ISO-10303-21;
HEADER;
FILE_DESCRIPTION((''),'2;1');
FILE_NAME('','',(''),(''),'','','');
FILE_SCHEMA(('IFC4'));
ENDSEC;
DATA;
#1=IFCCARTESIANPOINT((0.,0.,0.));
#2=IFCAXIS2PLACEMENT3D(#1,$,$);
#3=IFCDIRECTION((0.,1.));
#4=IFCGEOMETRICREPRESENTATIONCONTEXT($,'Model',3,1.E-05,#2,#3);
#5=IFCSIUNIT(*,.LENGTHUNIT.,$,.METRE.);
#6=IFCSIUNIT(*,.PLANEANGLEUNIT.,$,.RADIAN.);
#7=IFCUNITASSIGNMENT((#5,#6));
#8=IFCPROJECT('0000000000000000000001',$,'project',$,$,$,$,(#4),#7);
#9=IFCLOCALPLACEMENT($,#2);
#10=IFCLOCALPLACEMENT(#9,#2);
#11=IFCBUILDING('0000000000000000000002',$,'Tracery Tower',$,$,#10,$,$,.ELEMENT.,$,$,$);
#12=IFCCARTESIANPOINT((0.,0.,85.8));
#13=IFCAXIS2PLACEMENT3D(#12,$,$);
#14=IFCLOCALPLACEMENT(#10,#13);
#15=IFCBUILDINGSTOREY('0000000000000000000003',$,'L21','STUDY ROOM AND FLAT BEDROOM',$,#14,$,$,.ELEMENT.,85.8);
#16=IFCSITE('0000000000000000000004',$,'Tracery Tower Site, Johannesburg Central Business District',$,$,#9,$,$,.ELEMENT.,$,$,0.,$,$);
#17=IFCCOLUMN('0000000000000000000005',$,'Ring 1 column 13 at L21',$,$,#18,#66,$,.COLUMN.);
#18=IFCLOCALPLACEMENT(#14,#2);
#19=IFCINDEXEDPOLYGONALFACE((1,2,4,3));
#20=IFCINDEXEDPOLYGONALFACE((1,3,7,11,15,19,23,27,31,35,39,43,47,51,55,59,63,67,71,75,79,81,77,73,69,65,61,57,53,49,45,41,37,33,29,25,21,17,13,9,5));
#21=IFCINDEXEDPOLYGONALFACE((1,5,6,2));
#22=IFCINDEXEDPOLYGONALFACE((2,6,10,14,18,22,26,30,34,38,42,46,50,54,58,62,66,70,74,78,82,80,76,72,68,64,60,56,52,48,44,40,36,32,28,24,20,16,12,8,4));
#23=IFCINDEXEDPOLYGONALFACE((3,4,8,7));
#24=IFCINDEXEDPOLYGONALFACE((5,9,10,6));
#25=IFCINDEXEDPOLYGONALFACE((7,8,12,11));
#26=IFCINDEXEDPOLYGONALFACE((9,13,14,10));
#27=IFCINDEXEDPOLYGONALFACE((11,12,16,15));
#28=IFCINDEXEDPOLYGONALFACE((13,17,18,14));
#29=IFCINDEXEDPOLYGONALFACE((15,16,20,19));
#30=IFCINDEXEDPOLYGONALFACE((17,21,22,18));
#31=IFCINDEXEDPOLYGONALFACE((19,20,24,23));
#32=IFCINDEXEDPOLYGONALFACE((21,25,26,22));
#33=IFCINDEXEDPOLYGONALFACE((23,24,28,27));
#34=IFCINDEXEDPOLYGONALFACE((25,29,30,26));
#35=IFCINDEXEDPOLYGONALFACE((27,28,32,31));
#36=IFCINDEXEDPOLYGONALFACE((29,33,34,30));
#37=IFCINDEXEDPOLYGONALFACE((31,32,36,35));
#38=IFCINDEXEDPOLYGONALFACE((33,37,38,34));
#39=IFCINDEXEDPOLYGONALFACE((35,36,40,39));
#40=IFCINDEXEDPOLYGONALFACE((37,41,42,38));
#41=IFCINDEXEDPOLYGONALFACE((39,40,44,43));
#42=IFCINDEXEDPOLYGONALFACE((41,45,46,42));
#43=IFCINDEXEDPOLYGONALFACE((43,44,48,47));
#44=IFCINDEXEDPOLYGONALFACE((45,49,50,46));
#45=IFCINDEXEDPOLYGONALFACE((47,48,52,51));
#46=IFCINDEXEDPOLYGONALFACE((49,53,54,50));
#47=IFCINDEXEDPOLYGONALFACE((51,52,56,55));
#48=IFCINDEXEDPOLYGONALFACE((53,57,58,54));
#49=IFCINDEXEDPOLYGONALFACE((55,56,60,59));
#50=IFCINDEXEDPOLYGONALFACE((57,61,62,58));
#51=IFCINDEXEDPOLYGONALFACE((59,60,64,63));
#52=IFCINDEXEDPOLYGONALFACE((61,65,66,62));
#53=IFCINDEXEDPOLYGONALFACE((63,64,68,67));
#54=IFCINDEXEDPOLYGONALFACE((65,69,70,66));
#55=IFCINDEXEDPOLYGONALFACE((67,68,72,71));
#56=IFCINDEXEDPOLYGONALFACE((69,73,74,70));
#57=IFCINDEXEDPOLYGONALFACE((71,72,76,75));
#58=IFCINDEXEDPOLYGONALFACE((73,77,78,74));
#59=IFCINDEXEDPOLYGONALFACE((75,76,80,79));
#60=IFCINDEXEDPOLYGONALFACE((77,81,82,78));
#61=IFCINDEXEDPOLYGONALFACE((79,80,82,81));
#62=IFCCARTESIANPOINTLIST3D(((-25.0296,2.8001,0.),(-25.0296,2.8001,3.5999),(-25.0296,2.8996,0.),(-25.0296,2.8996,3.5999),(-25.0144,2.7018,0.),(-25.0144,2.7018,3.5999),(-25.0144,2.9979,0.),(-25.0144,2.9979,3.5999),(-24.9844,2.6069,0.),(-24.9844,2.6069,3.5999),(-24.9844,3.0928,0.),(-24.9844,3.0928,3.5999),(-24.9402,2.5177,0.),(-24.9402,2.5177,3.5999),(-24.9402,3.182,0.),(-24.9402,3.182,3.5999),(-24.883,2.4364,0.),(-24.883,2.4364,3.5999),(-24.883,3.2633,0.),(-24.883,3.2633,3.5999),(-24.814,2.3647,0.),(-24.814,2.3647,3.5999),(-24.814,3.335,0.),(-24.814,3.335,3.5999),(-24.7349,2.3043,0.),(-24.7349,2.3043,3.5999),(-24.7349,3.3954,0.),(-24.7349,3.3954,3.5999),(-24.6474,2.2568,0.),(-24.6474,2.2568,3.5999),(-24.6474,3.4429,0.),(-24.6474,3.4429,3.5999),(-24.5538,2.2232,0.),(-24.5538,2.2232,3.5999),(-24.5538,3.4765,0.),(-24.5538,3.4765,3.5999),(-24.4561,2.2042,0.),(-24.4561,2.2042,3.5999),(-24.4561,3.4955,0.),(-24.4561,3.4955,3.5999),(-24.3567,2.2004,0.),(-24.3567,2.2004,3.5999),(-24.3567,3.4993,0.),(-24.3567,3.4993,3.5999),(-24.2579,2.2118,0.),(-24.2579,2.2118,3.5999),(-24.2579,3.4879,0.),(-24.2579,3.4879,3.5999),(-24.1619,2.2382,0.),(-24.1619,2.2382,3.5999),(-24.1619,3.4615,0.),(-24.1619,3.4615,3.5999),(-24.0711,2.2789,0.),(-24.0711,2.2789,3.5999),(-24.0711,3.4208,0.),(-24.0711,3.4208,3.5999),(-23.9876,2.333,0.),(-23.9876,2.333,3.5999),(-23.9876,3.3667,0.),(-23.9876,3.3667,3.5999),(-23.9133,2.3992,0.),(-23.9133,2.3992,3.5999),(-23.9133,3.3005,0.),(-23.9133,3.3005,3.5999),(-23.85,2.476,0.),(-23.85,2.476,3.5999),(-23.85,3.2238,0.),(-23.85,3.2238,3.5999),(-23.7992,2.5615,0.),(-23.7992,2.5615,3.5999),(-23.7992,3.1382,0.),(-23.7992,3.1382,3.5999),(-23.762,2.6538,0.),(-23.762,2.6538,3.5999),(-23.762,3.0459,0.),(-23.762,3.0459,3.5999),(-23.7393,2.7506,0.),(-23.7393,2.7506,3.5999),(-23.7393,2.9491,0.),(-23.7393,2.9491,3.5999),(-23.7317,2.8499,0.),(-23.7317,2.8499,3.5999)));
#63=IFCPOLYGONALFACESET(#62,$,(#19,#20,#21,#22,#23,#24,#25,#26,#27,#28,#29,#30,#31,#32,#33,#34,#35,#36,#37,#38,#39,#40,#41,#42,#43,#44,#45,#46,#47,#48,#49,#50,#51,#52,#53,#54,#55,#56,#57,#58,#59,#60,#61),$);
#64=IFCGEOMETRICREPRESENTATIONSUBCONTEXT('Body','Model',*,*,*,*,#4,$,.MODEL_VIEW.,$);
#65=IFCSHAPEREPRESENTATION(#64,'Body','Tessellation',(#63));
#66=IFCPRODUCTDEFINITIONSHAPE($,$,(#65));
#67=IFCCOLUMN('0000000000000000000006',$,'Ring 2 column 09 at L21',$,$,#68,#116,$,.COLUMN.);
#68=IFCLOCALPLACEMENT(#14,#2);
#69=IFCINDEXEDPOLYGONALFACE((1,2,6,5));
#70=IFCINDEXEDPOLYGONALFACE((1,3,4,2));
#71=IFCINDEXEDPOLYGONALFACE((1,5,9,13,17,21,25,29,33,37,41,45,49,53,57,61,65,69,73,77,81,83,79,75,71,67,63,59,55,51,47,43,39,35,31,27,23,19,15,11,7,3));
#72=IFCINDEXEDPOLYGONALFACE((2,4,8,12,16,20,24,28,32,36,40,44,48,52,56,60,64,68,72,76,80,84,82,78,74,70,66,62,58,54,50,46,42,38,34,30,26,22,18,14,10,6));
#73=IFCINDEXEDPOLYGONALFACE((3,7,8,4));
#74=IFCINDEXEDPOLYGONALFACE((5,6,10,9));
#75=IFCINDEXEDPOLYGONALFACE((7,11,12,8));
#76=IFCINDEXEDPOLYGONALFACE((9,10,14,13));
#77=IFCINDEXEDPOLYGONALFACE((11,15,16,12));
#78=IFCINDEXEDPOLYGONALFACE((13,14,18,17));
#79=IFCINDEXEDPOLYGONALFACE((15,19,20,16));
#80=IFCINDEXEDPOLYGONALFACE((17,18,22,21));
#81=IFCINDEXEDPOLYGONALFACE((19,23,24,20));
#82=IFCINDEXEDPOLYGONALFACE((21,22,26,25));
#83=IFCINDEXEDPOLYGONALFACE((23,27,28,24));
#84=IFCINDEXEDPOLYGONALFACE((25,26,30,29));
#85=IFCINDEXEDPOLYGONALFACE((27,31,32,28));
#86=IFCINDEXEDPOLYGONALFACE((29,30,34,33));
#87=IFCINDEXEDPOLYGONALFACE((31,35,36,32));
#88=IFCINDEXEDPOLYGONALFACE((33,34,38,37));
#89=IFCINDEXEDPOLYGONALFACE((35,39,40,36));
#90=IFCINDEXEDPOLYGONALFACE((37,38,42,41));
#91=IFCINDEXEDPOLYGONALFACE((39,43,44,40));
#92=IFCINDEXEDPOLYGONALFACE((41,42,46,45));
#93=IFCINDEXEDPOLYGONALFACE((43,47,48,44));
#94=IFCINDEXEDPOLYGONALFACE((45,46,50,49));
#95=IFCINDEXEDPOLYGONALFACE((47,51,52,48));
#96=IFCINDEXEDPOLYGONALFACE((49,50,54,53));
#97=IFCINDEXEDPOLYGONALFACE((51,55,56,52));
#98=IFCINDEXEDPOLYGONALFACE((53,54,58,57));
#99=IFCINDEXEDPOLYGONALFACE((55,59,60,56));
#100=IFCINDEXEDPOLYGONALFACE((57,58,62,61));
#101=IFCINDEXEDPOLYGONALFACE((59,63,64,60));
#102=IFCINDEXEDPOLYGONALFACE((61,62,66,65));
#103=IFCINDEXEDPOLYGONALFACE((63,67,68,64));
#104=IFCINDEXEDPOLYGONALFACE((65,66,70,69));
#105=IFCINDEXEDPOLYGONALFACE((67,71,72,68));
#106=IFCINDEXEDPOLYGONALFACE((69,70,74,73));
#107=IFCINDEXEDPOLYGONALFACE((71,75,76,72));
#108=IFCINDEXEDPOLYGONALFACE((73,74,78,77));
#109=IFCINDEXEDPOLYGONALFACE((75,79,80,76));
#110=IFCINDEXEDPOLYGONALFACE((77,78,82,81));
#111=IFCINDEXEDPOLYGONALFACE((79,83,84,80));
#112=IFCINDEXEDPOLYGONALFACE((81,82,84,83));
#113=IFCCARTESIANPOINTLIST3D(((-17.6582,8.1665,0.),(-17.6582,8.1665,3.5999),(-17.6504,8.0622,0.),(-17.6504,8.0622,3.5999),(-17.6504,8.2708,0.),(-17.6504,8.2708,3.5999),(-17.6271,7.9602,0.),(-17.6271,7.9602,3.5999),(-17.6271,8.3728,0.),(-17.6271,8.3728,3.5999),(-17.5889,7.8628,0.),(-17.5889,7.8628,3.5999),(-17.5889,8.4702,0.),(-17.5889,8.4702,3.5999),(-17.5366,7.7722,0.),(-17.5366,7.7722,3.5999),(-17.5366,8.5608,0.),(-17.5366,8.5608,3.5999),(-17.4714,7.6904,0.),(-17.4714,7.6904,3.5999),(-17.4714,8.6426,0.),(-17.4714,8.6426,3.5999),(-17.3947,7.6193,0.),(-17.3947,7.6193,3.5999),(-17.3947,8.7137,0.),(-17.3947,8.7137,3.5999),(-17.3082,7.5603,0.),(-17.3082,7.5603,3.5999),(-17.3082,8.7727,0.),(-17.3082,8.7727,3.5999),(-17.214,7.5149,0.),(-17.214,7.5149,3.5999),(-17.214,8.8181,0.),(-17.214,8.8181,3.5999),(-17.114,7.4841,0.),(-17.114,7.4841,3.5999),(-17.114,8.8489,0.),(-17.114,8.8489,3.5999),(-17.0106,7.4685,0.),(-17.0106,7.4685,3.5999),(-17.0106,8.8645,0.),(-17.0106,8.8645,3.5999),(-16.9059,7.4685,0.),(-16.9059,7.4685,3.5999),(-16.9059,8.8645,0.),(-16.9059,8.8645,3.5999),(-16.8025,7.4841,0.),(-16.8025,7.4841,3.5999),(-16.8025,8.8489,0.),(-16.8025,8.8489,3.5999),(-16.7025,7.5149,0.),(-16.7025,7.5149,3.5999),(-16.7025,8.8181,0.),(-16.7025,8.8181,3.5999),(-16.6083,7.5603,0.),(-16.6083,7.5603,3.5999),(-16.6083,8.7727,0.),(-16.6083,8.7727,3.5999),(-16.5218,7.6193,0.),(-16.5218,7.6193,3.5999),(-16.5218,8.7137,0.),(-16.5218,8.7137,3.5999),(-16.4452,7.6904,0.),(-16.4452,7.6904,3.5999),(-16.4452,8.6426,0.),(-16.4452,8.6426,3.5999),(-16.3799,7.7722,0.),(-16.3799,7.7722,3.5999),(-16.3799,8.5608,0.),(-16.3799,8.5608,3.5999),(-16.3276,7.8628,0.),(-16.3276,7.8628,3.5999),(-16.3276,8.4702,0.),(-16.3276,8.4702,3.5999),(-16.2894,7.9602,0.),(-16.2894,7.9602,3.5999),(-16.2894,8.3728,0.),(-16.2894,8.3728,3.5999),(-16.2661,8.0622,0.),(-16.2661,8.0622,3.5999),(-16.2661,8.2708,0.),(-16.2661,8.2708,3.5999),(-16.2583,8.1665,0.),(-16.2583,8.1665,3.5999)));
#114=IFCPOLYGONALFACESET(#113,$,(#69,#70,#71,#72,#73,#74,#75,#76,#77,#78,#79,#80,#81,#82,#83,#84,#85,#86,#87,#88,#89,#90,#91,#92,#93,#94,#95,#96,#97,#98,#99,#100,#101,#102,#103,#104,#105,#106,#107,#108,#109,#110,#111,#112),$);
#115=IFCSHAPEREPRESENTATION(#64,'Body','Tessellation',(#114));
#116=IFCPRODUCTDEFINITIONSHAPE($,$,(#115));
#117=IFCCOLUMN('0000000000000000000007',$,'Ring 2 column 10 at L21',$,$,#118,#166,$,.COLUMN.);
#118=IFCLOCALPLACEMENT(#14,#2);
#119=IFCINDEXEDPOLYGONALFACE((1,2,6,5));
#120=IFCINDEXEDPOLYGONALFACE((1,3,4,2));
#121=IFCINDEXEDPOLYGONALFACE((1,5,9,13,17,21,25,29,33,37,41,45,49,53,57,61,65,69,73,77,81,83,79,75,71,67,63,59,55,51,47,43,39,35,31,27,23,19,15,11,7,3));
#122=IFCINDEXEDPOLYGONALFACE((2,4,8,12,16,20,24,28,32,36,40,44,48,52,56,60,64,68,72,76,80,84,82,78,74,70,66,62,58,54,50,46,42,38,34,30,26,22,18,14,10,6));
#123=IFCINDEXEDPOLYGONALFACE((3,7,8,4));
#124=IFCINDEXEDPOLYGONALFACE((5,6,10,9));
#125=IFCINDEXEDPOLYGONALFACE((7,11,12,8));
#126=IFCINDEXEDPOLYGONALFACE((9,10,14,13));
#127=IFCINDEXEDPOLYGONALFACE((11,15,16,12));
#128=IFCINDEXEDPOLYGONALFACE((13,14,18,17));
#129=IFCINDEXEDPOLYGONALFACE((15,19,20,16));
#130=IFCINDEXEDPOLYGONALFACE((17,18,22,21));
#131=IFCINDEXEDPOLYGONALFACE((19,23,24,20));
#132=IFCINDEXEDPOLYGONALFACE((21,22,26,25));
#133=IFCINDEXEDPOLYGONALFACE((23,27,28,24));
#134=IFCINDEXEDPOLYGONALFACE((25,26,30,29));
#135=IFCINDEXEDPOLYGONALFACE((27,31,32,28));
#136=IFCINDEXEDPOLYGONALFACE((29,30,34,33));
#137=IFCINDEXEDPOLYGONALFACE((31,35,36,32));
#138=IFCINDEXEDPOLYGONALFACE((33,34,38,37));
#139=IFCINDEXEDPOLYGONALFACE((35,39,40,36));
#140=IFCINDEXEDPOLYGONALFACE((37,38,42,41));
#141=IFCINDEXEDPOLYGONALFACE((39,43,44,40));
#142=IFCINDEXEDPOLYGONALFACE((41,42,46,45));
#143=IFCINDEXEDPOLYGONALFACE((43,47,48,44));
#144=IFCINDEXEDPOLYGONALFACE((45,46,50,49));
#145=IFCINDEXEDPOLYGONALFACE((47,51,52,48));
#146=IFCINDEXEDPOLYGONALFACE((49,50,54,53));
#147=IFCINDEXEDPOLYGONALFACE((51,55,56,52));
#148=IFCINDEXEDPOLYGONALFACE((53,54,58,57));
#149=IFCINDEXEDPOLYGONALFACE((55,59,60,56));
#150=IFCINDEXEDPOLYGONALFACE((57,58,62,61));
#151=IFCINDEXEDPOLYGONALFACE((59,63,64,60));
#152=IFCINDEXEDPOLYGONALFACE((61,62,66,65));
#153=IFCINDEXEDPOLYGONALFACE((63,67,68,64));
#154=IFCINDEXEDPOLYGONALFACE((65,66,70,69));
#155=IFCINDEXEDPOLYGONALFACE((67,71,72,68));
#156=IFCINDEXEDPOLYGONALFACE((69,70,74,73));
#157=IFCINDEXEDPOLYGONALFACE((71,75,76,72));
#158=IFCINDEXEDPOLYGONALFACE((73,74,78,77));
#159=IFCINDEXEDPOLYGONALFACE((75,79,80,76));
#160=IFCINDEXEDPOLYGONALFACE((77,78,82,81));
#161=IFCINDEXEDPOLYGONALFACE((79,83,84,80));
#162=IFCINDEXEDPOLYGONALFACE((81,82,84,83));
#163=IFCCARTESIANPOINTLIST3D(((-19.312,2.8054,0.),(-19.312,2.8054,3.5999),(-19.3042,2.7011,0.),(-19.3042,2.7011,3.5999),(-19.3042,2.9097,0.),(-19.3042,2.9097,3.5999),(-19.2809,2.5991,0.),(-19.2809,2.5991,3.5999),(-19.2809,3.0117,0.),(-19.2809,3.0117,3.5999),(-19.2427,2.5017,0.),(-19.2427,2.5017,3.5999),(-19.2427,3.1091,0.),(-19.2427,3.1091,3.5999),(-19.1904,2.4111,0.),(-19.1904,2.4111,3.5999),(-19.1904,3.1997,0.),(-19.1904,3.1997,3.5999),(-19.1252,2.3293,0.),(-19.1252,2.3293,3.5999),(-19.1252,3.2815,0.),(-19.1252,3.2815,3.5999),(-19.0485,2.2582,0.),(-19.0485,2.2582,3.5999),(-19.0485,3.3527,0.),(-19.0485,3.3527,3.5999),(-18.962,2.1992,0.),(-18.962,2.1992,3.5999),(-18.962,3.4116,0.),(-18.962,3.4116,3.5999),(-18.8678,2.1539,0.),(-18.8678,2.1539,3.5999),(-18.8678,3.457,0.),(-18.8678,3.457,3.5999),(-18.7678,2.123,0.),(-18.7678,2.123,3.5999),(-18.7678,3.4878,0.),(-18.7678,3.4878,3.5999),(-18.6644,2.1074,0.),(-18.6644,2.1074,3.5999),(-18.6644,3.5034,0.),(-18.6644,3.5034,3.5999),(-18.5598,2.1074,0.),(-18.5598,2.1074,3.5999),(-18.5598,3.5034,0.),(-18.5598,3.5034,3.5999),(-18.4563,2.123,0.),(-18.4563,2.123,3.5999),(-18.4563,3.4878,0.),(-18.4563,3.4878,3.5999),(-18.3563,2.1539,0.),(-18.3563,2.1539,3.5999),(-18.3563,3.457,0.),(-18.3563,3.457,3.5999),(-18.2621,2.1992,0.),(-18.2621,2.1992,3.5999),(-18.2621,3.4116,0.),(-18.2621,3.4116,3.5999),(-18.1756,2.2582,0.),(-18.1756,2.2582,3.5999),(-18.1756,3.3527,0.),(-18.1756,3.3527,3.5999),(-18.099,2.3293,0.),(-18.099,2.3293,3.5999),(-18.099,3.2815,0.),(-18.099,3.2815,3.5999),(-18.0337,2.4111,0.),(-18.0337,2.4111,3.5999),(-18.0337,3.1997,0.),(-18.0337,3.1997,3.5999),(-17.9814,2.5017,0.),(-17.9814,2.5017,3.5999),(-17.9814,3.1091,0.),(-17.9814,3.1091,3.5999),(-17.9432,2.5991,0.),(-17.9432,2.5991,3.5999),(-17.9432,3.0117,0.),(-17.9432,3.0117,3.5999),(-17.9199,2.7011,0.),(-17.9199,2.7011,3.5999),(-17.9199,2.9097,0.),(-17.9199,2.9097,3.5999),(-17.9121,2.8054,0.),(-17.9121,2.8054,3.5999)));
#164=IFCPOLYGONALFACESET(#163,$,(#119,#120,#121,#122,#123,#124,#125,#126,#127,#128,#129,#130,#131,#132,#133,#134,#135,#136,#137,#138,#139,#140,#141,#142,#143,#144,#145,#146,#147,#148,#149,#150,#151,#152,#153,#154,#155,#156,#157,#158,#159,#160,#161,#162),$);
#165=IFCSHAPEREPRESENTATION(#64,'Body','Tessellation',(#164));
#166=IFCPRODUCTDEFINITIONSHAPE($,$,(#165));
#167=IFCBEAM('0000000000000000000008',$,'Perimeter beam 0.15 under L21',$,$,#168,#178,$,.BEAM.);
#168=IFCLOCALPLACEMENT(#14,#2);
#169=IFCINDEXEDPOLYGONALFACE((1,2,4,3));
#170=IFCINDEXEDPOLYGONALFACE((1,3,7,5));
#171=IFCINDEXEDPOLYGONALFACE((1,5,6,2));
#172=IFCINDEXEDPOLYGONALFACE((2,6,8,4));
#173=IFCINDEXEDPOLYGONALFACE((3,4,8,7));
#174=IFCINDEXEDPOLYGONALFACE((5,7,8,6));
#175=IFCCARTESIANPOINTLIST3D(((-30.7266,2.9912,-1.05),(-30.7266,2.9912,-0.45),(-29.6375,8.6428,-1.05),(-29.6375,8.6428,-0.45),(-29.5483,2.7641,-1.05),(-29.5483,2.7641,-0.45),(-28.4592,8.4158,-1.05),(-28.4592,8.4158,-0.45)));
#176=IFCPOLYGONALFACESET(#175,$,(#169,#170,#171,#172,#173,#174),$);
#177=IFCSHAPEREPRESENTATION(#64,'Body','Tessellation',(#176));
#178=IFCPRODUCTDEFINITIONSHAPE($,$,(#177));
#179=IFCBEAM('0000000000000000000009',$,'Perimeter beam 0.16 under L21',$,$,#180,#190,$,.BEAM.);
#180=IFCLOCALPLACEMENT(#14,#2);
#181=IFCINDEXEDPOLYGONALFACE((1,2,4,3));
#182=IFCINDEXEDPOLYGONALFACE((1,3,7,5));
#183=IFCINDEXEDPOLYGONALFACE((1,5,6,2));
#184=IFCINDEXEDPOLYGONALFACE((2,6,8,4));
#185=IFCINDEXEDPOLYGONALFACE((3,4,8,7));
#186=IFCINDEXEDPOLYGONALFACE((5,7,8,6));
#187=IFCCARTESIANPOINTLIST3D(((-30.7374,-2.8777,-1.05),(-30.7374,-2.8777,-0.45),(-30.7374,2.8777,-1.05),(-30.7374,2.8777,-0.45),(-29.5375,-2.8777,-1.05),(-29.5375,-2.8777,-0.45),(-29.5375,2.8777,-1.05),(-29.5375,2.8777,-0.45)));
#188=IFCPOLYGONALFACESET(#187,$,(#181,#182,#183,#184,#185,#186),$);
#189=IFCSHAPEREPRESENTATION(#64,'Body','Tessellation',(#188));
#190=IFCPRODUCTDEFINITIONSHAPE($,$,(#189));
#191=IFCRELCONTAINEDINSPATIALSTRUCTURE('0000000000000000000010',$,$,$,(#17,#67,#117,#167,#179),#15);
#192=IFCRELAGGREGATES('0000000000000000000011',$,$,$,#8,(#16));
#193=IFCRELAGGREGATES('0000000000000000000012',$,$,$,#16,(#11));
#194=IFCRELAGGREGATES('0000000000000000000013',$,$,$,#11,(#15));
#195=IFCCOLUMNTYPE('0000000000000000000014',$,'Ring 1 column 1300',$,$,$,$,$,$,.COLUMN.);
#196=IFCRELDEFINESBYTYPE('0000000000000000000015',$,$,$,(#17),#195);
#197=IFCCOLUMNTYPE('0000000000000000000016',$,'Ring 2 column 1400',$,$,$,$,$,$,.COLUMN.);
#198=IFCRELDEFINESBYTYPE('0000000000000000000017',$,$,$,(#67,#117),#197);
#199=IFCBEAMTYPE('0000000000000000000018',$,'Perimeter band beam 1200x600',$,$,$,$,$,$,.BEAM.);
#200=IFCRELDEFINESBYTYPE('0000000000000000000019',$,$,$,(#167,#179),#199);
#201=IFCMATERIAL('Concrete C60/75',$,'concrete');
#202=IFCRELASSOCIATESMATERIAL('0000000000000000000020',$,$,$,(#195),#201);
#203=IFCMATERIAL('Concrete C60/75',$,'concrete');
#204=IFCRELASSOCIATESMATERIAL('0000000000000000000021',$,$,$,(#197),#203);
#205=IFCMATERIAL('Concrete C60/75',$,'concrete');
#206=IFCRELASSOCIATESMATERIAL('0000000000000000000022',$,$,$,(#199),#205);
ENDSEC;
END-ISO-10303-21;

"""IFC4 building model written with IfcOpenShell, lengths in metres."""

from ifc_helpers import new_model, si_unit, direction, frame, origin, origin_2d, place, context, subcontext, project, spatial, rectangle, circle, extrude, material, material_profile, profile_set, type_object, element, save


model = new_model("IFC4")

# Units and contexts
model_context = context("Model", 3, precision=1e-05, world=origin(), true_north=direction((0.0, 1.0)))
body_context = subcontext(model_context, "Body", "Model", "MODEL_VIEW")
ifc_project = project(units=[si_unit("LENGTHUNIT", "METRE"), si_unit("PLANEANGLEUNIT", "RADIAN")], contexts=[model_context])

# Site, building, storey
site_placement = place(None, origin())
site = spatial("IfcSite", under=ifc_project, at=site_placement, Name="Tracery Tower Site, Johannesburg Central Business District", CompositionType="ELEMENT", RefElevation=0.0)
building_placement = place(site_placement, origin())
building = spatial("IfcBuilding", under=site, at=building_placement, Name="Tracery Tower", CompositionType="ELEMENT")
storey_placement = place(building_placement, frame((0.0, 0.0, 85.8)))
storey = spatial("IfcBuildingStorey", under=building, at=storey_placement, Name="L21", Description="STUDY ROOM AND FLAT BEDROOM", CompositionType="ELEMENT", Elevation=85.8)

# Columns
ifc_material_1 = material(Name="Concrete C60/75", Category="concrete")
ifc_material_profile_1 = material_profile(ifc_material_1, circle(Radius=0.6499, at=origin_2d()), Name="RC D1300")
ifc_profile_set_1 = profile_set([ifc_material_profile_1], Name="Concrete C60/75")
column_type_1 = type_object("IfcColumnType", Name="Ring 1 column 1300", PredefinedType="COLUMN", material=ifc_profile_set_1)
for number, where, z_axis, x_axis, name in (
    (1, (-24.3816, 2.8499, 0.0), (0.0, 0.0, 1.0), (1.0, 0.0, 0.0), "Ring 1 column 13 at L21"),
):
    element("IfcColumn", number, at=place(storey_placement, frame(where, z_axis=z_axis, x_axis=x_axis)), inside=storey, type_object=column_type_1, Name=name, PredefinedType="COLUMN", context=body_context, shape_type="SweptSolid", body=[
        extrude(circle(Radius=0.6499, at=origin_2d()), origin(), (0.0, 0.0, 1.0), 3.5999),
    ])
ifc_material_2 = material(Name="Concrete C60/75", Category="concrete")
ifc_material_profile_2 = material_profile(ifc_material_2, circle(Radius=0.7, at=origin_2d()), Name="RC D1400")
ifc_profile_set_2 = profile_set([ifc_material_profile_2], Name="Concrete C60/75")
column_type_2 = type_object("IfcColumnType", Name="Ring 2 column 1400", PredefinedType="COLUMN", material=ifc_profile_set_2)
for number, where, z_axis, x_axis, name in (
    (2, (-16.9583, 8.1665, 0.0), (0.0, 0.0, 1.0), (1.0, 0.0, 0.0), "Ring 2 column 09 at L21"),
    (3, (-18.6121, 2.8054, 0.0), (0.0, 0.0, 1.0), (1.0, 0.0, 0.0), "Ring 2 column 10 at L21"),
):
    element("IfcColumn", number, at=place(storey_placement, frame(where, z_axis=z_axis, x_axis=x_axis)), inside=storey, type_object=column_type_2, Name=name, PredefinedType="COLUMN", context=body_context, shape_type="SweptSolid", body=[
        extrude(circle(Radius=0.7, at=origin_2d()), origin(), (0.0, 0.0, 1.0), 3.5999),
    ])

# Beams
ifc_material_3 = material(Name="Concrete C60/75", Category="concrete")
ifc_material_profile_3 = material_profile(ifc_material_3, rectangle(XDim=1.2, YDim=0.6001, at=origin_2d()), Name="RC 1200x600")
ifc_profile_set_3 = profile_set([ifc_material_profile_3], Name="Concrete C60/75")
beam_type = type_object("IfcBeamType", Name="Perimeter band beam 1200x600", PredefinedType="BEAM", material=ifc_profile_set_3)
beam_1_placement = place(storey_placement, frame((-29.0483, 8.5293, -0.75), z_axis=(-0.189227, -0.981933, 0.0), x_axis=(0.981933, -0.189227, 0.0)))
element("IfcBeam", 4, at=beam_1_placement, inside=storey, type_object=beam_type, Name="Perimeter beam 0.15 under L21", PredefinedType="BEAM", context=body_context, shape_type="SweptSolid", body=[
    extrude(rectangle(XDim=1.2, YDim=0.6001, at=origin_2d()), origin(), (0.0, 0.0, 1.0), 5.7556),
])
beam_2_placement = place(storey_placement, frame((-30.1375, 2.8777, -0.75), z_axis=(0.0, -1.0, 0.0), x_axis=(1.0, 0.0, 0.0)))
element("IfcBeam", 5, at=beam_2_placement, inside=storey, type_object=beam_type, Name="Perimeter beam 0.16 under L21", PredefinedType="BEAM", context=body_context, shape_type="SweptSolid", body=[
    extrude(rectangle(XDim=1.2, YDim=0.6001, at=origin_2d()), origin(), (0.0, 0.0, 1.0), 5.7554),
])

save(model, "model.ifc")
